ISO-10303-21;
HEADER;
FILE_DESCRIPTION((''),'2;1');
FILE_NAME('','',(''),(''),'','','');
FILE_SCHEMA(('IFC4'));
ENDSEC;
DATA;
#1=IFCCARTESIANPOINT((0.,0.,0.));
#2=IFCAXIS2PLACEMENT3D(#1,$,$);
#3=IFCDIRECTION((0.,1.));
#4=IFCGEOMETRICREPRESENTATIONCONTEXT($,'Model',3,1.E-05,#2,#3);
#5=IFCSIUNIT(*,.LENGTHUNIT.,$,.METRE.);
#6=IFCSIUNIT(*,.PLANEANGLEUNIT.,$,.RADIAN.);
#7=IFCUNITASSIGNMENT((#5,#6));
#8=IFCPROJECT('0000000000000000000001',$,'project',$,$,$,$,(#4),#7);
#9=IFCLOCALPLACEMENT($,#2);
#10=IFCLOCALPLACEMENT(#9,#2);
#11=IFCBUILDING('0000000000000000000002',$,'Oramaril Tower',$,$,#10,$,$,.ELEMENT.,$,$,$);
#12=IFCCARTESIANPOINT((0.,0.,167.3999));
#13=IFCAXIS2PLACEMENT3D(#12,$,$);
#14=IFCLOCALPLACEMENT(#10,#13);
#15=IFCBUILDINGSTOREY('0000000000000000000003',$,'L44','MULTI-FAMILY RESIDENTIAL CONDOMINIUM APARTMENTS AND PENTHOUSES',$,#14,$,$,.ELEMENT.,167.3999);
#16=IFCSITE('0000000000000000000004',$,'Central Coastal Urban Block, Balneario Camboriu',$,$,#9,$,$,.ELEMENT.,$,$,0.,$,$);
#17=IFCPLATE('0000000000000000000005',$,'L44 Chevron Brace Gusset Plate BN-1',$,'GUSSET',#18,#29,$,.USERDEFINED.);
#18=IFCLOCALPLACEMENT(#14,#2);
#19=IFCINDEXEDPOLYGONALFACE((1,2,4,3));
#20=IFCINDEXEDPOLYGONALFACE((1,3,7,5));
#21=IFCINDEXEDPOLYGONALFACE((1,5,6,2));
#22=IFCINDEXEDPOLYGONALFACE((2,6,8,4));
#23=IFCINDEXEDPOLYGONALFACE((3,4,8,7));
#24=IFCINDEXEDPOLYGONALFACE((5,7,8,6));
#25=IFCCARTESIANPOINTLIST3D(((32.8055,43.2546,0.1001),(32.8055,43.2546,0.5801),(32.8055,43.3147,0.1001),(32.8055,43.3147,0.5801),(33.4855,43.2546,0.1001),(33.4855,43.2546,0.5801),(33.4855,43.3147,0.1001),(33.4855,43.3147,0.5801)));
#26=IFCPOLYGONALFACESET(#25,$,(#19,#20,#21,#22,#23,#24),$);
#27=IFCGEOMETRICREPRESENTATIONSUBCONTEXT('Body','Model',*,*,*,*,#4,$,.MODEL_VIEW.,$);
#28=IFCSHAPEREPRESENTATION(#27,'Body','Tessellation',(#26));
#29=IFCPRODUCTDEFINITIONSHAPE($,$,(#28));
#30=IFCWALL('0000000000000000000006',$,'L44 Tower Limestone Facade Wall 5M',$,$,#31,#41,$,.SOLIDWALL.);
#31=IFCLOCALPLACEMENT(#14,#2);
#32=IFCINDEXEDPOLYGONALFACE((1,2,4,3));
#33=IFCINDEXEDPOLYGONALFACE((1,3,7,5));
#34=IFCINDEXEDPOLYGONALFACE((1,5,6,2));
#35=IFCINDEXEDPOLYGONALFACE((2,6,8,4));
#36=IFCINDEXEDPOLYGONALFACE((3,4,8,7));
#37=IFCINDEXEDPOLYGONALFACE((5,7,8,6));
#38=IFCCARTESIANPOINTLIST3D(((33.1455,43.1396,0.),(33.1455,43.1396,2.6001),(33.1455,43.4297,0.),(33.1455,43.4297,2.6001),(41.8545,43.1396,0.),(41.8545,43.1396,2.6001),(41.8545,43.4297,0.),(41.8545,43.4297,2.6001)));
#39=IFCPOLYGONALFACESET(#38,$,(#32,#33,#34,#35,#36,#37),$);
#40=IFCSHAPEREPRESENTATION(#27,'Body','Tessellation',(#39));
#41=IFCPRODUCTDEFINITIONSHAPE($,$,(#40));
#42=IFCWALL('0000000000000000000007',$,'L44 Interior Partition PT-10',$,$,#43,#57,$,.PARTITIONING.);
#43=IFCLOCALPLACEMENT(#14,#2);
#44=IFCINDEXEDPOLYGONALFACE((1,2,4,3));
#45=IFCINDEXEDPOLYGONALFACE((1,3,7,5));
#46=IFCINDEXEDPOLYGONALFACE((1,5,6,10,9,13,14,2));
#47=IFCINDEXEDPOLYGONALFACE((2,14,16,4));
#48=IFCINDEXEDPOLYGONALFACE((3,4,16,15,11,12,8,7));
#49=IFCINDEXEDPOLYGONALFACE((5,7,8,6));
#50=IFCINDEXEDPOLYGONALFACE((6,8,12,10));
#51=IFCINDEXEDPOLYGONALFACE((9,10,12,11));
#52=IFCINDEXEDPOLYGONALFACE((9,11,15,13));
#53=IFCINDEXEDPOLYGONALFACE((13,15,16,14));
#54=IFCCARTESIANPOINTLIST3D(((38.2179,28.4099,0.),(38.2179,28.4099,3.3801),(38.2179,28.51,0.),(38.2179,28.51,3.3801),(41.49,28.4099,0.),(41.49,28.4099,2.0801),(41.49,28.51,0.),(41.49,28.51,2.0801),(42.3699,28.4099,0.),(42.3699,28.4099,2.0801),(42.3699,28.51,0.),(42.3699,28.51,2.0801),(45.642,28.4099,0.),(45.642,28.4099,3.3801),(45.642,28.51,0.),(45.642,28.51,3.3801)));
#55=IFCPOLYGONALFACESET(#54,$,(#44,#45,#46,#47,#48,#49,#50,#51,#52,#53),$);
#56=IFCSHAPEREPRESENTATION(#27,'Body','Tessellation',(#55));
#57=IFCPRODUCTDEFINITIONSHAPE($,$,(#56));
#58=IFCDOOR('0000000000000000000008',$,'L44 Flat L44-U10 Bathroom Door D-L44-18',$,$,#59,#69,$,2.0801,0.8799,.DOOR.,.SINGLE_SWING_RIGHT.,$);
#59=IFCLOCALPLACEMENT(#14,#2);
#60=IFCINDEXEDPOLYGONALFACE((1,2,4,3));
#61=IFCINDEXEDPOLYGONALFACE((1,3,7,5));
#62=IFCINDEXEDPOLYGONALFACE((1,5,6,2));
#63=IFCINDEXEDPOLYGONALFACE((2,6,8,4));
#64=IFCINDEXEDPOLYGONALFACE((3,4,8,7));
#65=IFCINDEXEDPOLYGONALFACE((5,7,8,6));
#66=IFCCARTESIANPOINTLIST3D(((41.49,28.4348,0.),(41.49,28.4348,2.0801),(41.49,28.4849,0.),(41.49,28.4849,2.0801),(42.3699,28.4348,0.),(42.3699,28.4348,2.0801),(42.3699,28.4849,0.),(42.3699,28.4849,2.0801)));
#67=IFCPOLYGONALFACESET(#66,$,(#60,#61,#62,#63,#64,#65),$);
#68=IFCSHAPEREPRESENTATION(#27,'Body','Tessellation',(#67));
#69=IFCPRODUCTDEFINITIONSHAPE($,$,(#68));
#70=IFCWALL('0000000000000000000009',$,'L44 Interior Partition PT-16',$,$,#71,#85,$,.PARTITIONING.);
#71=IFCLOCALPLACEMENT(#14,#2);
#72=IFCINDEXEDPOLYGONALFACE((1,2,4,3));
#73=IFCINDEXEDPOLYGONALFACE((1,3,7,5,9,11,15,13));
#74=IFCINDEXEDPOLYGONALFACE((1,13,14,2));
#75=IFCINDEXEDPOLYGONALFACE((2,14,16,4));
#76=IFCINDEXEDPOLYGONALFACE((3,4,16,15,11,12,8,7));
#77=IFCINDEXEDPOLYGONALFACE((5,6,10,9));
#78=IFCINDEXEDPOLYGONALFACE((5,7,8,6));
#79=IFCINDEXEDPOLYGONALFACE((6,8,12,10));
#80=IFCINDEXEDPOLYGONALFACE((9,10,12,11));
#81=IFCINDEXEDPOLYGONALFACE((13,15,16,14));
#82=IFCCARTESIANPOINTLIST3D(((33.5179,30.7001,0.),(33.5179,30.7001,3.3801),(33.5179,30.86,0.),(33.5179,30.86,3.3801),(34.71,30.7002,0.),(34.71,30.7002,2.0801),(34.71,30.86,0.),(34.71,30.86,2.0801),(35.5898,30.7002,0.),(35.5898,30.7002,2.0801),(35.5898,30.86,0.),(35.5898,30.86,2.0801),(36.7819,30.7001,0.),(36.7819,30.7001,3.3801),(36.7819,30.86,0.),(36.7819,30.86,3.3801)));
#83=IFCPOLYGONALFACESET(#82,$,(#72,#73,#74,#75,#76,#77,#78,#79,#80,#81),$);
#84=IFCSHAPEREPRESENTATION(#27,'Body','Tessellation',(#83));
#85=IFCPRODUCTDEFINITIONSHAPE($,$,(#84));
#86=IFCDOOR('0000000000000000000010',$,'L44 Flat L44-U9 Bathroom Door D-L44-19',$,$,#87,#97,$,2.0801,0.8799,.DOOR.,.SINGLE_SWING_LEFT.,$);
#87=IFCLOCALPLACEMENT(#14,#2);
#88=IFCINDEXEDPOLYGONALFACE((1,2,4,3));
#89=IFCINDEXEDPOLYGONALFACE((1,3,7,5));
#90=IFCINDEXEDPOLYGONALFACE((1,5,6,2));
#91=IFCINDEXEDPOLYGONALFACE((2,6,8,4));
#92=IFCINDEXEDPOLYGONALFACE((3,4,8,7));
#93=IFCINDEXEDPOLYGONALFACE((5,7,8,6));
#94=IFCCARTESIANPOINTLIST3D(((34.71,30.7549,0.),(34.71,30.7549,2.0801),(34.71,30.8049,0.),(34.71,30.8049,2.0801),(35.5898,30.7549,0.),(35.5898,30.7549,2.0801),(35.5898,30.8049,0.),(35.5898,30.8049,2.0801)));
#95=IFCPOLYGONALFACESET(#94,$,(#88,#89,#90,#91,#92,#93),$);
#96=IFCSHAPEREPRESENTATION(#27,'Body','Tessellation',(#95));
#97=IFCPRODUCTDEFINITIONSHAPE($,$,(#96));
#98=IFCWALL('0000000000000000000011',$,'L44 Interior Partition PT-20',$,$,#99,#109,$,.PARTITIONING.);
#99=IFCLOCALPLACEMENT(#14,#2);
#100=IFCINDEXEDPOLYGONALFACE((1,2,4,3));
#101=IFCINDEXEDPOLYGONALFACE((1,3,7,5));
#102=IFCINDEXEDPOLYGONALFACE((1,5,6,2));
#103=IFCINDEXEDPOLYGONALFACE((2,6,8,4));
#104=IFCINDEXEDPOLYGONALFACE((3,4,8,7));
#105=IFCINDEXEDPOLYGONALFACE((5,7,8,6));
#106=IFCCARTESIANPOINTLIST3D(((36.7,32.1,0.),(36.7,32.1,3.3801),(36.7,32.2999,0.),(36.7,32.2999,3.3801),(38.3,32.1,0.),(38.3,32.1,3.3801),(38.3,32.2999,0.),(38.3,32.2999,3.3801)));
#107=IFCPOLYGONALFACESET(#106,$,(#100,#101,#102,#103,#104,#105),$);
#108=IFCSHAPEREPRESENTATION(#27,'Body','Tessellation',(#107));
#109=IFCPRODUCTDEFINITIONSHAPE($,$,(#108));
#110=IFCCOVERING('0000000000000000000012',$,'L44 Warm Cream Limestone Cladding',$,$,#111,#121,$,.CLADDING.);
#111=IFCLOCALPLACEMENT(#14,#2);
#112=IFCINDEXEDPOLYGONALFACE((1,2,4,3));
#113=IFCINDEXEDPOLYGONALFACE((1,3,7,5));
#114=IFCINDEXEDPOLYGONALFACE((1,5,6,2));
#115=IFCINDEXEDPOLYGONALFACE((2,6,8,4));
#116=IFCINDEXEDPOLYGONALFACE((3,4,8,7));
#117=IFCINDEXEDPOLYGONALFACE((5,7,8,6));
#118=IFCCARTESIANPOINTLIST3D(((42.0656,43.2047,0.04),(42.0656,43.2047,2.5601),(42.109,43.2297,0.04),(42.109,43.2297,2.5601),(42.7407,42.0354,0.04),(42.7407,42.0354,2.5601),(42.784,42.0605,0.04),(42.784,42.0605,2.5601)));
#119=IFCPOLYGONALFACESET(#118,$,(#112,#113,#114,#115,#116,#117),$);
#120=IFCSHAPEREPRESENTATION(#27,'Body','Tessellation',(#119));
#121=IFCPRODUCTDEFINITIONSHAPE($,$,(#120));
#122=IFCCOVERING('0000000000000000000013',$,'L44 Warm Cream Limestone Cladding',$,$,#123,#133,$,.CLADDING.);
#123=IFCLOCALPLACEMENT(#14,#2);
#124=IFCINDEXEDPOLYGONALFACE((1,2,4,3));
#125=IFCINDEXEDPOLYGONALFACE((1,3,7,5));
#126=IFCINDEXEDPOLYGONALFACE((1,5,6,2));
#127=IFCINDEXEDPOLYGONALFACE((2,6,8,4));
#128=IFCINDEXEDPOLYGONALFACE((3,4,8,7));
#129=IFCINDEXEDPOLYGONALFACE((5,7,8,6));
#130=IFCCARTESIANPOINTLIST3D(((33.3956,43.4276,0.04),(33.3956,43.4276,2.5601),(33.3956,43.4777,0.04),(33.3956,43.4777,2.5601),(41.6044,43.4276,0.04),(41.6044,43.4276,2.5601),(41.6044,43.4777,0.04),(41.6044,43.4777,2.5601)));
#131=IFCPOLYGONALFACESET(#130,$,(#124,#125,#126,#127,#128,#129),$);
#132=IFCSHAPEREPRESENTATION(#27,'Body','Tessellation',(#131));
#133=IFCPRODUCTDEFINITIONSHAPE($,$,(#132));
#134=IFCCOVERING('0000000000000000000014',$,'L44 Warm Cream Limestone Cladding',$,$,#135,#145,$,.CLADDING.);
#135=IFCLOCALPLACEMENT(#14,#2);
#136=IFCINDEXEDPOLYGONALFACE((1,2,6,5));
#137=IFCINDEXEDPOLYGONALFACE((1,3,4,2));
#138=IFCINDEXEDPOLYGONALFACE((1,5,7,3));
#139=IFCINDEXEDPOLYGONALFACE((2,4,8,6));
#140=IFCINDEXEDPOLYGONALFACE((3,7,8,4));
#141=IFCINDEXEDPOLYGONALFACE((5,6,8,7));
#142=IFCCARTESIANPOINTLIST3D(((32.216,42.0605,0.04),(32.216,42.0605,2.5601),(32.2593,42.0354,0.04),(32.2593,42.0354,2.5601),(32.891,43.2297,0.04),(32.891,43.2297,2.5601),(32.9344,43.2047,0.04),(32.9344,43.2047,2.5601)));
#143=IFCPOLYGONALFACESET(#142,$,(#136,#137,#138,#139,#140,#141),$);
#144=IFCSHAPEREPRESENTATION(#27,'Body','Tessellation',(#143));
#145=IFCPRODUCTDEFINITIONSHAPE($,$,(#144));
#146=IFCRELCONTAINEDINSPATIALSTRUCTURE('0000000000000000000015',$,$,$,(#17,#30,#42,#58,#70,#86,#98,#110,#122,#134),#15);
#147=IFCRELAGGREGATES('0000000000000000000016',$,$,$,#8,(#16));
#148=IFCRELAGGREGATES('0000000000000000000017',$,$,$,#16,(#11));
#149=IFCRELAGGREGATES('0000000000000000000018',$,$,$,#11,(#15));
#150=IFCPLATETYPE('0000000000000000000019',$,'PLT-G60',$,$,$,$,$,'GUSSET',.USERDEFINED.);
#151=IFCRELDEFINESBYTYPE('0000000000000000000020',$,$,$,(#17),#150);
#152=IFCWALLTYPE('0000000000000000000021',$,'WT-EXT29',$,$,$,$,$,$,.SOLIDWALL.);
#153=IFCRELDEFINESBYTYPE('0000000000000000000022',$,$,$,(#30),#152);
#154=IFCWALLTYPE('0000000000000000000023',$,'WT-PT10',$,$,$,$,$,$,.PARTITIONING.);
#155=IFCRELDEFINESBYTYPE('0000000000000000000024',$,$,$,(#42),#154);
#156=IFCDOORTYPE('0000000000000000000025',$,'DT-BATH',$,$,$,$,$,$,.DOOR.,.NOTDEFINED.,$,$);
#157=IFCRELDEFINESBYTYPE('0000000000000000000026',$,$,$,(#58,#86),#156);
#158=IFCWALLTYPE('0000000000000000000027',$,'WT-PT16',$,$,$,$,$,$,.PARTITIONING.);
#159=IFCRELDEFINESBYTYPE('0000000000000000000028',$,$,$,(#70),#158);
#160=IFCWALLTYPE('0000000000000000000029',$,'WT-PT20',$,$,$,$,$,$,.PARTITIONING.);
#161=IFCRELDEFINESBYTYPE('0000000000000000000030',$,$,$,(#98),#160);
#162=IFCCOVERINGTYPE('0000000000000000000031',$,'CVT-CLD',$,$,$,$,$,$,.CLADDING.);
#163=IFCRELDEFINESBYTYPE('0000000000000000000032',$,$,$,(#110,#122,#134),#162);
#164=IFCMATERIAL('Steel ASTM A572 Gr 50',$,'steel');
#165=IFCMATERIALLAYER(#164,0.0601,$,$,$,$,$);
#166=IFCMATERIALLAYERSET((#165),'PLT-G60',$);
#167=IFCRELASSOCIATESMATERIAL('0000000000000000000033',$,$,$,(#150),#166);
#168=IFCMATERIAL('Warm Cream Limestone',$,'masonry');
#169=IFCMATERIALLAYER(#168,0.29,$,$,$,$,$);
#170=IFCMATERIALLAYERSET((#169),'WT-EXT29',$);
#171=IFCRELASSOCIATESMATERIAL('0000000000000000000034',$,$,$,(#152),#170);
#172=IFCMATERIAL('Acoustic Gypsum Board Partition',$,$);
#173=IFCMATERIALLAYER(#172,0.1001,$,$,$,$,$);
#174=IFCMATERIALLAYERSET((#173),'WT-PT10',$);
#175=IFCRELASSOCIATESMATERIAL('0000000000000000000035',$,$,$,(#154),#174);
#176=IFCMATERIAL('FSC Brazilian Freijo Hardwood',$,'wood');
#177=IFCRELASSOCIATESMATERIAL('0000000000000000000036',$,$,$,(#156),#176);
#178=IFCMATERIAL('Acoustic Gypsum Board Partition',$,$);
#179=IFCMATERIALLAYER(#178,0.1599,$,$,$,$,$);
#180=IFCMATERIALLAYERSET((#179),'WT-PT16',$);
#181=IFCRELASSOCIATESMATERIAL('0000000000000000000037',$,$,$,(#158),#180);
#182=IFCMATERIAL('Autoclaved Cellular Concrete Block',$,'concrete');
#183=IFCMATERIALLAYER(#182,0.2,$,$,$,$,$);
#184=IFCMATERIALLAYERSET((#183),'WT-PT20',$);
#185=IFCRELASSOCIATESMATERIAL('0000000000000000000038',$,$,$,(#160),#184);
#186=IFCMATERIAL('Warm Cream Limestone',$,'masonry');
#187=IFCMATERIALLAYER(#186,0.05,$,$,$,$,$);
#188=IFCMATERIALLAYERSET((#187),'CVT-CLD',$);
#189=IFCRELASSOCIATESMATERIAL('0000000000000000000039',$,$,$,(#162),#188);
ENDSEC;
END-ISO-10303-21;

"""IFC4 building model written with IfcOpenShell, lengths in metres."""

from ifc_helpers import new_model, si_unit, direction, frame, frame_2d, origin, origin_2d, place, context, subcontext, project, spatial, rectangle, extrude, material, layer, layer_set, type_object, element, fill, save


model = new_model("IFC4")

# Units and contexts
model_context = context("Model", 3, precision=1e-05, world=origin(), true_north=direction((0.0, 1.0)))
body_context = subcontext(model_context, "Body", "Model", "MODEL_VIEW")
ifc_project = project(units=[si_unit("LENGTHUNIT", "METRE"), si_unit("PLANEANGLEUNIT", "RADIAN")], contexts=[model_context])

# Site, building, storey
site_placement = place(None, origin())
site = spatial("IfcSite", under=ifc_project, at=site_placement, Name="Central Coastal Urban Block, Balneario Camboriu", CompositionType="ELEMENT", RefElevation=0.0)
building_placement = place(site_placement, origin())
building = spatial("IfcBuilding", under=site, at=building_placement, Name="Oramaril Tower", CompositionType="ELEMENT")
storey_placement = place(building_placement, frame((0.0, 0.0, 167.3999)))
storey = spatial("IfcBuildingStorey", under=building, at=storey_placement, Name="L44", Description="MULTI-FAMILY RESIDENTIAL CONDOMINIUM APARTMENTS AND PENTHOUSES", CompositionType="ELEMENT", Elevation=167.3999)

# Plate
ifc_material_1 = material(Name="Steel ASTM A572 Gr 50", Category="steel")
ifc_layer_1 = layer(ifc_material_1, 0.0601)
ifc_layer_set_1 = layer_set([ifc_layer_1], Name="PLT-G60")
plate_type = type_object("IfcPlateType", Name="PLT-G60", ElementType="GUSSET", PredefinedType="USERDEFINED", material=ifc_layer_set_1)
for number, where, z_axis, x_axis, name in (
    (1, (33.1455, 43.2847, 0.1001), (0.0, 0.0, 1.0), (-1.0, 0.0, 0.0), "L44 Chevron Brace Gusset Plate BN-1"),
):
    element("IfcPlate", number, at=place(storey_placement, frame(where, z_axis=z_axis, x_axis=x_axis)), inside=storey, type_object=plate_type, Name=name, ObjectType="GUSSET", PredefinedType="USERDEFINED", context=body_context, shape_type="SweptSolid", body=[
        extrude(rectangle(XDim=0.6799, YDim=0.0601, at=origin_2d()), origin(), (0.0, 0.0, 1.0), 0.48),
    ])

# Wall
ifc_material_2 = material(Name="Warm Cream Limestone", Category="masonry")
ifc_layer_2 = layer(ifc_material_2, 0.29)
ifc_layer_set_2 = layer_set([ifc_layer_2], Name="WT-EXT29")
wall_type_1 = type_object("IfcWallType", Name="WT-EXT29", PredefinedType="SOLIDWALL", material=ifc_layer_set_2)
wall_1_placement = place(storey_placement, frame((41.8545, 43.2847, 0.0), z_axis=(0.0, 0.0, 1.0), x_axis=(-1.0, 0.0, 0.0)))
element("IfcWall", 2, at=wall_1_placement, inside=storey, type_object=wall_type_1, Name="L44 Tower Limestone Facade Wall 5M", PredefinedType="SOLIDWALL", context=body_context, shape_type="SweptSolid", body=[
    extrude(rectangle(XDim=8.709, YDim=0.29, at=frame_2d((4.3545, 0.0))), origin(), (0.0, 0.0, 1.0), 2.6001),
])

# Walls, openings, doors
ifc_material_3 = material(Name="Acoustic Gypsum Board Partition")
ifc_layer_3 = layer(ifc_material_3, 0.1001)
ifc_layer_set_3 = layer_set([ifc_layer_3], Name="WT-PT10")
wall_type_2 = type_object("IfcWallType", Name="WT-PT10", PredefinedType="PARTITIONING", material=ifc_layer_set_3)
wall_2_placement = place(storey_placement, frame((38.218, 28.46, 0.0), z_axis=(0.0, 0.0, 1.0), x_axis=(1.0, 0.0, 0.0)))
wall_2 = element("IfcWall", 3, at=wall_2_placement, inside=storey, type_object=wall_type_2, Name="L44 Interior Partition PT-10", PredefinedType="PARTITIONING", context=body_context, shape_type="SweptSolid", body=[
    extrude(rectangle(XDim=7.4241, YDim=0.1001, at=frame_2d((3.7119, 0.0))), origin(), (0.0, 0.0, 1.0), 3.3801),
])
opening_1_placement = place(wall_2_placement, frame((3.272, 0.0, 0.0)))
opening_1 = element("IfcOpeningElement", 4, at=opening_1_placement, cuts=wall_2, PredefinedType="OPENING", context=body_context, shape_type="SweptSolid", body=[
    extrude(rectangle(XDim=0.8799, YDim=2.0801, at=frame_2d((0.4399, 1.04))), frame((0.0, 0.05, 0.0), z_axis=(0.0, -1.0, 0.0), x_axis=(1.0, 0.0, 0.0)), (0.0, 0.0, 1.0), 0.1001),
])
ifc_material_4 = material(Name="FSC Brazilian Freijo Hardwood", Category="wood")
door_type_1 = type_object("IfcDoorType", Name="DT-BATH", OperationType="NOTDEFINED", PredefinedType="DOOR", material=ifc_material_4)
door_1_placement = place(opening_1_placement, origin())
door_1 = element("IfcDoor", 5, at=door_1_placement, inside=storey, type_object=door_type_1, Name="L44 Flat L44-U10 Bathroom Door D-L44-18", OperationType="SINGLE_SWING_RIGHT", OverallHeight=2.0801, OverallWidth=0.8799, PredefinedType="DOOR", context=body_context, shape_type="SweptSolid", body=[
    extrude(rectangle(XDim=0.8799, YDim=2.0801, at=frame_2d((0.4399, 1.04))), frame((0.0, 0.0249, 0.0), z_axis=(0.0, -1.0, 0.0), x_axis=(1.0, 0.0, 0.0)), (0.0, 0.0, 1.0), 0.05),
])
fill(opening_1, door_1)
ifc_material_5 = material(Name="Acoustic Gypsum Board Partition")
ifc_layer_4 = layer(ifc_material_5, 0.1599)
ifc_layer_set_4 = layer_set([ifc_layer_4], Name="WT-PT16")
wall_type_3 = type_object("IfcWallType", Name="WT-PT16", PredefinedType="PARTITIONING", material=ifc_layer_set_4)
wall_3_placement = place(storey_placement, frame((33.5181, 30.78, 0.0), z_axis=(0.0, 0.0, 1.0), x_axis=(1.0, 0.0, 0.0)))
wall_3 = element("IfcWall", 6, at=wall_3_placement, inside=storey, type_object=wall_type_3, Name="L44 Interior Partition PT-16", PredefinedType="PARTITIONING", context=body_context, shape_type="SweptSolid", body=[
    extrude(rectangle(XDim=3.2639, YDim=0.1599, at=frame_2d((1.6318, 0.0))), origin(), (0.0, 0.0, 1.0), 3.3801),
])
opening_2_placement = place(wall_3_placement, frame((1.1919, 0.0, 0.0)))
opening_2 = element("IfcOpeningElement", 7, at=opening_2_placement, cuts=wall_3, PredefinedType="OPENING", context=body_context, shape_type="SweptSolid", body=[
    extrude(rectangle(XDim=0.8799, YDim=2.0801, at=frame_2d((0.4399, 1.04))), frame((0.0, 0.0801, 0.0), z_axis=(0.0, -1.0, 0.0), x_axis=(1.0, 0.0, 0.0)), (0.0, 0.0, 1.0), 0.1599),
])
door_2_placement = place(opening_2_placement, origin())
door_2 = element("IfcDoor", 8, at=door_2_placement, inside=storey, type_object=door_type_1, Name="L44 Flat L44-U9 Bathroom Door D-L44-19", OperationType="SINGLE_SWING_LEFT", OverallHeight=2.0801, OverallWidth=0.8799, PredefinedType="DOOR", context=body_context, shape_type="SweptSolid", body=[
    extrude(rectangle(XDim=0.8799, YDim=2.0801, at=frame_2d((0.4399, 1.04))), frame((0.0, 0.0249, 0.0), z_axis=(0.0, -1.0, 0.0), x_axis=(1.0, 0.0, 0.0)), (0.0, 0.0, 1.0), 0.05),
])
fill(opening_2, door_2)

# Wall
ifc_material_6 = material(Name="Autoclaved Cellular Concrete Block", Category="concrete")
ifc_layer_5 = layer(ifc_material_6, 0.2)
ifc_layer_set_5 = layer_set([ifc_layer_5], Name="WT-PT20")
wall_type_4 = type_object("IfcWallType", Name="WT-PT20", PredefinedType="PARTITIONING", material=ifc_layer_set_5)
wall_4_placement = place(storey_placement, frame((36.7, 32.2, 0.0), z_axis=(0.0, 0.0, 1.0), x_axis=(1.0, 0.0, 0.0)))
element("IfcWall", 9, at=wall_4_placement, inside=storey, type_object=wall_type_4, Name="L44 Interior Partition PT-20", PredefinedType="PARTITIONING", context=body_context, shape_type="SweptSolid", body=[
    extrude(rectangle(XDim=1.6001, YDim=0.2, at=frame_2d((0.8, 0.0))), origin(), (0.0, 0.0, 1.0), 3.3801),
])

# Coverings
ifc_material_7 = material(Name="Warm Cream Limestone", Category="masonry")
ifc_layer_6 = layer(ifc_material_7, 0.05)
ifc_layer_set_6 = layer_set([ifc_layer_6], Name="CVT-CLD")
covering_type = type_object("IfcCoveringType", Name="CVT-CLD", PredefinedType="CLADDING", material=ifc_layer_set_6)
covering_1_placement = place(storey_placement, frame((42.4248, 42.6326, 0.04), z_axis=(0.0, 0.0, 1.0), x_axis=(-0.5, 0.866025, 0.0)))
element("IfcCovering", 10, at=covering_1_placement, inside=storey, type_object=covering_type, Name="L44 Warm Cream Limestone Cladding", PredefinedType="CLADDING", context=body_context, shape_type="SweptSolid", body=[
    extrude(rectangle(XDim=1.3501, YDim=0.05, at=origin_2d()), origin(), (0.0, 0.0, 1.0), 2.52),
])
covering_2_placement = place(storey_placement, frame((37.5, 43.4526, 0.04), z_axis=(0.0, 0.0, 1.0), x_axis=(-1.0, 0.0, 0.0)))
element("IfcCovering", 11, at=covering_2_placement, inside=storey, type_object=covering_type, Name="L44 Warm Cream Limestone Cladding", PredefinedType="CLADDING", context=body_context, shape_type="SweptSolid", body=[
    extrude(rectangle(XDim=8.2087, YDim=0.05, at=origin_2d()), origin(), (0.0, 0.0, 1.0), 2.52),
])
covering_3_placement = place(storey_placement, frame((32.5752, 42.6326, 0.04), z_axis=(0.0, 0.0, 1.0), x_axis=(-0.5, -0.866025, 0.0)))
element("IfcCovering", 12, at=covering_3_placement, inside=storey, type_object=covering_type, Name="L44 Warm Cream Limestone Cladding", PredefinedType="CLADDING", context=body_context, shape_type="SweptSolid", body=[
    extrude(rectangle(XDim=1.3501, YDim=0.05, at=origin_2d()), origin(), (0.0, 0.0, 1.0), 2.52),
])

save(model, "model.ifc")
